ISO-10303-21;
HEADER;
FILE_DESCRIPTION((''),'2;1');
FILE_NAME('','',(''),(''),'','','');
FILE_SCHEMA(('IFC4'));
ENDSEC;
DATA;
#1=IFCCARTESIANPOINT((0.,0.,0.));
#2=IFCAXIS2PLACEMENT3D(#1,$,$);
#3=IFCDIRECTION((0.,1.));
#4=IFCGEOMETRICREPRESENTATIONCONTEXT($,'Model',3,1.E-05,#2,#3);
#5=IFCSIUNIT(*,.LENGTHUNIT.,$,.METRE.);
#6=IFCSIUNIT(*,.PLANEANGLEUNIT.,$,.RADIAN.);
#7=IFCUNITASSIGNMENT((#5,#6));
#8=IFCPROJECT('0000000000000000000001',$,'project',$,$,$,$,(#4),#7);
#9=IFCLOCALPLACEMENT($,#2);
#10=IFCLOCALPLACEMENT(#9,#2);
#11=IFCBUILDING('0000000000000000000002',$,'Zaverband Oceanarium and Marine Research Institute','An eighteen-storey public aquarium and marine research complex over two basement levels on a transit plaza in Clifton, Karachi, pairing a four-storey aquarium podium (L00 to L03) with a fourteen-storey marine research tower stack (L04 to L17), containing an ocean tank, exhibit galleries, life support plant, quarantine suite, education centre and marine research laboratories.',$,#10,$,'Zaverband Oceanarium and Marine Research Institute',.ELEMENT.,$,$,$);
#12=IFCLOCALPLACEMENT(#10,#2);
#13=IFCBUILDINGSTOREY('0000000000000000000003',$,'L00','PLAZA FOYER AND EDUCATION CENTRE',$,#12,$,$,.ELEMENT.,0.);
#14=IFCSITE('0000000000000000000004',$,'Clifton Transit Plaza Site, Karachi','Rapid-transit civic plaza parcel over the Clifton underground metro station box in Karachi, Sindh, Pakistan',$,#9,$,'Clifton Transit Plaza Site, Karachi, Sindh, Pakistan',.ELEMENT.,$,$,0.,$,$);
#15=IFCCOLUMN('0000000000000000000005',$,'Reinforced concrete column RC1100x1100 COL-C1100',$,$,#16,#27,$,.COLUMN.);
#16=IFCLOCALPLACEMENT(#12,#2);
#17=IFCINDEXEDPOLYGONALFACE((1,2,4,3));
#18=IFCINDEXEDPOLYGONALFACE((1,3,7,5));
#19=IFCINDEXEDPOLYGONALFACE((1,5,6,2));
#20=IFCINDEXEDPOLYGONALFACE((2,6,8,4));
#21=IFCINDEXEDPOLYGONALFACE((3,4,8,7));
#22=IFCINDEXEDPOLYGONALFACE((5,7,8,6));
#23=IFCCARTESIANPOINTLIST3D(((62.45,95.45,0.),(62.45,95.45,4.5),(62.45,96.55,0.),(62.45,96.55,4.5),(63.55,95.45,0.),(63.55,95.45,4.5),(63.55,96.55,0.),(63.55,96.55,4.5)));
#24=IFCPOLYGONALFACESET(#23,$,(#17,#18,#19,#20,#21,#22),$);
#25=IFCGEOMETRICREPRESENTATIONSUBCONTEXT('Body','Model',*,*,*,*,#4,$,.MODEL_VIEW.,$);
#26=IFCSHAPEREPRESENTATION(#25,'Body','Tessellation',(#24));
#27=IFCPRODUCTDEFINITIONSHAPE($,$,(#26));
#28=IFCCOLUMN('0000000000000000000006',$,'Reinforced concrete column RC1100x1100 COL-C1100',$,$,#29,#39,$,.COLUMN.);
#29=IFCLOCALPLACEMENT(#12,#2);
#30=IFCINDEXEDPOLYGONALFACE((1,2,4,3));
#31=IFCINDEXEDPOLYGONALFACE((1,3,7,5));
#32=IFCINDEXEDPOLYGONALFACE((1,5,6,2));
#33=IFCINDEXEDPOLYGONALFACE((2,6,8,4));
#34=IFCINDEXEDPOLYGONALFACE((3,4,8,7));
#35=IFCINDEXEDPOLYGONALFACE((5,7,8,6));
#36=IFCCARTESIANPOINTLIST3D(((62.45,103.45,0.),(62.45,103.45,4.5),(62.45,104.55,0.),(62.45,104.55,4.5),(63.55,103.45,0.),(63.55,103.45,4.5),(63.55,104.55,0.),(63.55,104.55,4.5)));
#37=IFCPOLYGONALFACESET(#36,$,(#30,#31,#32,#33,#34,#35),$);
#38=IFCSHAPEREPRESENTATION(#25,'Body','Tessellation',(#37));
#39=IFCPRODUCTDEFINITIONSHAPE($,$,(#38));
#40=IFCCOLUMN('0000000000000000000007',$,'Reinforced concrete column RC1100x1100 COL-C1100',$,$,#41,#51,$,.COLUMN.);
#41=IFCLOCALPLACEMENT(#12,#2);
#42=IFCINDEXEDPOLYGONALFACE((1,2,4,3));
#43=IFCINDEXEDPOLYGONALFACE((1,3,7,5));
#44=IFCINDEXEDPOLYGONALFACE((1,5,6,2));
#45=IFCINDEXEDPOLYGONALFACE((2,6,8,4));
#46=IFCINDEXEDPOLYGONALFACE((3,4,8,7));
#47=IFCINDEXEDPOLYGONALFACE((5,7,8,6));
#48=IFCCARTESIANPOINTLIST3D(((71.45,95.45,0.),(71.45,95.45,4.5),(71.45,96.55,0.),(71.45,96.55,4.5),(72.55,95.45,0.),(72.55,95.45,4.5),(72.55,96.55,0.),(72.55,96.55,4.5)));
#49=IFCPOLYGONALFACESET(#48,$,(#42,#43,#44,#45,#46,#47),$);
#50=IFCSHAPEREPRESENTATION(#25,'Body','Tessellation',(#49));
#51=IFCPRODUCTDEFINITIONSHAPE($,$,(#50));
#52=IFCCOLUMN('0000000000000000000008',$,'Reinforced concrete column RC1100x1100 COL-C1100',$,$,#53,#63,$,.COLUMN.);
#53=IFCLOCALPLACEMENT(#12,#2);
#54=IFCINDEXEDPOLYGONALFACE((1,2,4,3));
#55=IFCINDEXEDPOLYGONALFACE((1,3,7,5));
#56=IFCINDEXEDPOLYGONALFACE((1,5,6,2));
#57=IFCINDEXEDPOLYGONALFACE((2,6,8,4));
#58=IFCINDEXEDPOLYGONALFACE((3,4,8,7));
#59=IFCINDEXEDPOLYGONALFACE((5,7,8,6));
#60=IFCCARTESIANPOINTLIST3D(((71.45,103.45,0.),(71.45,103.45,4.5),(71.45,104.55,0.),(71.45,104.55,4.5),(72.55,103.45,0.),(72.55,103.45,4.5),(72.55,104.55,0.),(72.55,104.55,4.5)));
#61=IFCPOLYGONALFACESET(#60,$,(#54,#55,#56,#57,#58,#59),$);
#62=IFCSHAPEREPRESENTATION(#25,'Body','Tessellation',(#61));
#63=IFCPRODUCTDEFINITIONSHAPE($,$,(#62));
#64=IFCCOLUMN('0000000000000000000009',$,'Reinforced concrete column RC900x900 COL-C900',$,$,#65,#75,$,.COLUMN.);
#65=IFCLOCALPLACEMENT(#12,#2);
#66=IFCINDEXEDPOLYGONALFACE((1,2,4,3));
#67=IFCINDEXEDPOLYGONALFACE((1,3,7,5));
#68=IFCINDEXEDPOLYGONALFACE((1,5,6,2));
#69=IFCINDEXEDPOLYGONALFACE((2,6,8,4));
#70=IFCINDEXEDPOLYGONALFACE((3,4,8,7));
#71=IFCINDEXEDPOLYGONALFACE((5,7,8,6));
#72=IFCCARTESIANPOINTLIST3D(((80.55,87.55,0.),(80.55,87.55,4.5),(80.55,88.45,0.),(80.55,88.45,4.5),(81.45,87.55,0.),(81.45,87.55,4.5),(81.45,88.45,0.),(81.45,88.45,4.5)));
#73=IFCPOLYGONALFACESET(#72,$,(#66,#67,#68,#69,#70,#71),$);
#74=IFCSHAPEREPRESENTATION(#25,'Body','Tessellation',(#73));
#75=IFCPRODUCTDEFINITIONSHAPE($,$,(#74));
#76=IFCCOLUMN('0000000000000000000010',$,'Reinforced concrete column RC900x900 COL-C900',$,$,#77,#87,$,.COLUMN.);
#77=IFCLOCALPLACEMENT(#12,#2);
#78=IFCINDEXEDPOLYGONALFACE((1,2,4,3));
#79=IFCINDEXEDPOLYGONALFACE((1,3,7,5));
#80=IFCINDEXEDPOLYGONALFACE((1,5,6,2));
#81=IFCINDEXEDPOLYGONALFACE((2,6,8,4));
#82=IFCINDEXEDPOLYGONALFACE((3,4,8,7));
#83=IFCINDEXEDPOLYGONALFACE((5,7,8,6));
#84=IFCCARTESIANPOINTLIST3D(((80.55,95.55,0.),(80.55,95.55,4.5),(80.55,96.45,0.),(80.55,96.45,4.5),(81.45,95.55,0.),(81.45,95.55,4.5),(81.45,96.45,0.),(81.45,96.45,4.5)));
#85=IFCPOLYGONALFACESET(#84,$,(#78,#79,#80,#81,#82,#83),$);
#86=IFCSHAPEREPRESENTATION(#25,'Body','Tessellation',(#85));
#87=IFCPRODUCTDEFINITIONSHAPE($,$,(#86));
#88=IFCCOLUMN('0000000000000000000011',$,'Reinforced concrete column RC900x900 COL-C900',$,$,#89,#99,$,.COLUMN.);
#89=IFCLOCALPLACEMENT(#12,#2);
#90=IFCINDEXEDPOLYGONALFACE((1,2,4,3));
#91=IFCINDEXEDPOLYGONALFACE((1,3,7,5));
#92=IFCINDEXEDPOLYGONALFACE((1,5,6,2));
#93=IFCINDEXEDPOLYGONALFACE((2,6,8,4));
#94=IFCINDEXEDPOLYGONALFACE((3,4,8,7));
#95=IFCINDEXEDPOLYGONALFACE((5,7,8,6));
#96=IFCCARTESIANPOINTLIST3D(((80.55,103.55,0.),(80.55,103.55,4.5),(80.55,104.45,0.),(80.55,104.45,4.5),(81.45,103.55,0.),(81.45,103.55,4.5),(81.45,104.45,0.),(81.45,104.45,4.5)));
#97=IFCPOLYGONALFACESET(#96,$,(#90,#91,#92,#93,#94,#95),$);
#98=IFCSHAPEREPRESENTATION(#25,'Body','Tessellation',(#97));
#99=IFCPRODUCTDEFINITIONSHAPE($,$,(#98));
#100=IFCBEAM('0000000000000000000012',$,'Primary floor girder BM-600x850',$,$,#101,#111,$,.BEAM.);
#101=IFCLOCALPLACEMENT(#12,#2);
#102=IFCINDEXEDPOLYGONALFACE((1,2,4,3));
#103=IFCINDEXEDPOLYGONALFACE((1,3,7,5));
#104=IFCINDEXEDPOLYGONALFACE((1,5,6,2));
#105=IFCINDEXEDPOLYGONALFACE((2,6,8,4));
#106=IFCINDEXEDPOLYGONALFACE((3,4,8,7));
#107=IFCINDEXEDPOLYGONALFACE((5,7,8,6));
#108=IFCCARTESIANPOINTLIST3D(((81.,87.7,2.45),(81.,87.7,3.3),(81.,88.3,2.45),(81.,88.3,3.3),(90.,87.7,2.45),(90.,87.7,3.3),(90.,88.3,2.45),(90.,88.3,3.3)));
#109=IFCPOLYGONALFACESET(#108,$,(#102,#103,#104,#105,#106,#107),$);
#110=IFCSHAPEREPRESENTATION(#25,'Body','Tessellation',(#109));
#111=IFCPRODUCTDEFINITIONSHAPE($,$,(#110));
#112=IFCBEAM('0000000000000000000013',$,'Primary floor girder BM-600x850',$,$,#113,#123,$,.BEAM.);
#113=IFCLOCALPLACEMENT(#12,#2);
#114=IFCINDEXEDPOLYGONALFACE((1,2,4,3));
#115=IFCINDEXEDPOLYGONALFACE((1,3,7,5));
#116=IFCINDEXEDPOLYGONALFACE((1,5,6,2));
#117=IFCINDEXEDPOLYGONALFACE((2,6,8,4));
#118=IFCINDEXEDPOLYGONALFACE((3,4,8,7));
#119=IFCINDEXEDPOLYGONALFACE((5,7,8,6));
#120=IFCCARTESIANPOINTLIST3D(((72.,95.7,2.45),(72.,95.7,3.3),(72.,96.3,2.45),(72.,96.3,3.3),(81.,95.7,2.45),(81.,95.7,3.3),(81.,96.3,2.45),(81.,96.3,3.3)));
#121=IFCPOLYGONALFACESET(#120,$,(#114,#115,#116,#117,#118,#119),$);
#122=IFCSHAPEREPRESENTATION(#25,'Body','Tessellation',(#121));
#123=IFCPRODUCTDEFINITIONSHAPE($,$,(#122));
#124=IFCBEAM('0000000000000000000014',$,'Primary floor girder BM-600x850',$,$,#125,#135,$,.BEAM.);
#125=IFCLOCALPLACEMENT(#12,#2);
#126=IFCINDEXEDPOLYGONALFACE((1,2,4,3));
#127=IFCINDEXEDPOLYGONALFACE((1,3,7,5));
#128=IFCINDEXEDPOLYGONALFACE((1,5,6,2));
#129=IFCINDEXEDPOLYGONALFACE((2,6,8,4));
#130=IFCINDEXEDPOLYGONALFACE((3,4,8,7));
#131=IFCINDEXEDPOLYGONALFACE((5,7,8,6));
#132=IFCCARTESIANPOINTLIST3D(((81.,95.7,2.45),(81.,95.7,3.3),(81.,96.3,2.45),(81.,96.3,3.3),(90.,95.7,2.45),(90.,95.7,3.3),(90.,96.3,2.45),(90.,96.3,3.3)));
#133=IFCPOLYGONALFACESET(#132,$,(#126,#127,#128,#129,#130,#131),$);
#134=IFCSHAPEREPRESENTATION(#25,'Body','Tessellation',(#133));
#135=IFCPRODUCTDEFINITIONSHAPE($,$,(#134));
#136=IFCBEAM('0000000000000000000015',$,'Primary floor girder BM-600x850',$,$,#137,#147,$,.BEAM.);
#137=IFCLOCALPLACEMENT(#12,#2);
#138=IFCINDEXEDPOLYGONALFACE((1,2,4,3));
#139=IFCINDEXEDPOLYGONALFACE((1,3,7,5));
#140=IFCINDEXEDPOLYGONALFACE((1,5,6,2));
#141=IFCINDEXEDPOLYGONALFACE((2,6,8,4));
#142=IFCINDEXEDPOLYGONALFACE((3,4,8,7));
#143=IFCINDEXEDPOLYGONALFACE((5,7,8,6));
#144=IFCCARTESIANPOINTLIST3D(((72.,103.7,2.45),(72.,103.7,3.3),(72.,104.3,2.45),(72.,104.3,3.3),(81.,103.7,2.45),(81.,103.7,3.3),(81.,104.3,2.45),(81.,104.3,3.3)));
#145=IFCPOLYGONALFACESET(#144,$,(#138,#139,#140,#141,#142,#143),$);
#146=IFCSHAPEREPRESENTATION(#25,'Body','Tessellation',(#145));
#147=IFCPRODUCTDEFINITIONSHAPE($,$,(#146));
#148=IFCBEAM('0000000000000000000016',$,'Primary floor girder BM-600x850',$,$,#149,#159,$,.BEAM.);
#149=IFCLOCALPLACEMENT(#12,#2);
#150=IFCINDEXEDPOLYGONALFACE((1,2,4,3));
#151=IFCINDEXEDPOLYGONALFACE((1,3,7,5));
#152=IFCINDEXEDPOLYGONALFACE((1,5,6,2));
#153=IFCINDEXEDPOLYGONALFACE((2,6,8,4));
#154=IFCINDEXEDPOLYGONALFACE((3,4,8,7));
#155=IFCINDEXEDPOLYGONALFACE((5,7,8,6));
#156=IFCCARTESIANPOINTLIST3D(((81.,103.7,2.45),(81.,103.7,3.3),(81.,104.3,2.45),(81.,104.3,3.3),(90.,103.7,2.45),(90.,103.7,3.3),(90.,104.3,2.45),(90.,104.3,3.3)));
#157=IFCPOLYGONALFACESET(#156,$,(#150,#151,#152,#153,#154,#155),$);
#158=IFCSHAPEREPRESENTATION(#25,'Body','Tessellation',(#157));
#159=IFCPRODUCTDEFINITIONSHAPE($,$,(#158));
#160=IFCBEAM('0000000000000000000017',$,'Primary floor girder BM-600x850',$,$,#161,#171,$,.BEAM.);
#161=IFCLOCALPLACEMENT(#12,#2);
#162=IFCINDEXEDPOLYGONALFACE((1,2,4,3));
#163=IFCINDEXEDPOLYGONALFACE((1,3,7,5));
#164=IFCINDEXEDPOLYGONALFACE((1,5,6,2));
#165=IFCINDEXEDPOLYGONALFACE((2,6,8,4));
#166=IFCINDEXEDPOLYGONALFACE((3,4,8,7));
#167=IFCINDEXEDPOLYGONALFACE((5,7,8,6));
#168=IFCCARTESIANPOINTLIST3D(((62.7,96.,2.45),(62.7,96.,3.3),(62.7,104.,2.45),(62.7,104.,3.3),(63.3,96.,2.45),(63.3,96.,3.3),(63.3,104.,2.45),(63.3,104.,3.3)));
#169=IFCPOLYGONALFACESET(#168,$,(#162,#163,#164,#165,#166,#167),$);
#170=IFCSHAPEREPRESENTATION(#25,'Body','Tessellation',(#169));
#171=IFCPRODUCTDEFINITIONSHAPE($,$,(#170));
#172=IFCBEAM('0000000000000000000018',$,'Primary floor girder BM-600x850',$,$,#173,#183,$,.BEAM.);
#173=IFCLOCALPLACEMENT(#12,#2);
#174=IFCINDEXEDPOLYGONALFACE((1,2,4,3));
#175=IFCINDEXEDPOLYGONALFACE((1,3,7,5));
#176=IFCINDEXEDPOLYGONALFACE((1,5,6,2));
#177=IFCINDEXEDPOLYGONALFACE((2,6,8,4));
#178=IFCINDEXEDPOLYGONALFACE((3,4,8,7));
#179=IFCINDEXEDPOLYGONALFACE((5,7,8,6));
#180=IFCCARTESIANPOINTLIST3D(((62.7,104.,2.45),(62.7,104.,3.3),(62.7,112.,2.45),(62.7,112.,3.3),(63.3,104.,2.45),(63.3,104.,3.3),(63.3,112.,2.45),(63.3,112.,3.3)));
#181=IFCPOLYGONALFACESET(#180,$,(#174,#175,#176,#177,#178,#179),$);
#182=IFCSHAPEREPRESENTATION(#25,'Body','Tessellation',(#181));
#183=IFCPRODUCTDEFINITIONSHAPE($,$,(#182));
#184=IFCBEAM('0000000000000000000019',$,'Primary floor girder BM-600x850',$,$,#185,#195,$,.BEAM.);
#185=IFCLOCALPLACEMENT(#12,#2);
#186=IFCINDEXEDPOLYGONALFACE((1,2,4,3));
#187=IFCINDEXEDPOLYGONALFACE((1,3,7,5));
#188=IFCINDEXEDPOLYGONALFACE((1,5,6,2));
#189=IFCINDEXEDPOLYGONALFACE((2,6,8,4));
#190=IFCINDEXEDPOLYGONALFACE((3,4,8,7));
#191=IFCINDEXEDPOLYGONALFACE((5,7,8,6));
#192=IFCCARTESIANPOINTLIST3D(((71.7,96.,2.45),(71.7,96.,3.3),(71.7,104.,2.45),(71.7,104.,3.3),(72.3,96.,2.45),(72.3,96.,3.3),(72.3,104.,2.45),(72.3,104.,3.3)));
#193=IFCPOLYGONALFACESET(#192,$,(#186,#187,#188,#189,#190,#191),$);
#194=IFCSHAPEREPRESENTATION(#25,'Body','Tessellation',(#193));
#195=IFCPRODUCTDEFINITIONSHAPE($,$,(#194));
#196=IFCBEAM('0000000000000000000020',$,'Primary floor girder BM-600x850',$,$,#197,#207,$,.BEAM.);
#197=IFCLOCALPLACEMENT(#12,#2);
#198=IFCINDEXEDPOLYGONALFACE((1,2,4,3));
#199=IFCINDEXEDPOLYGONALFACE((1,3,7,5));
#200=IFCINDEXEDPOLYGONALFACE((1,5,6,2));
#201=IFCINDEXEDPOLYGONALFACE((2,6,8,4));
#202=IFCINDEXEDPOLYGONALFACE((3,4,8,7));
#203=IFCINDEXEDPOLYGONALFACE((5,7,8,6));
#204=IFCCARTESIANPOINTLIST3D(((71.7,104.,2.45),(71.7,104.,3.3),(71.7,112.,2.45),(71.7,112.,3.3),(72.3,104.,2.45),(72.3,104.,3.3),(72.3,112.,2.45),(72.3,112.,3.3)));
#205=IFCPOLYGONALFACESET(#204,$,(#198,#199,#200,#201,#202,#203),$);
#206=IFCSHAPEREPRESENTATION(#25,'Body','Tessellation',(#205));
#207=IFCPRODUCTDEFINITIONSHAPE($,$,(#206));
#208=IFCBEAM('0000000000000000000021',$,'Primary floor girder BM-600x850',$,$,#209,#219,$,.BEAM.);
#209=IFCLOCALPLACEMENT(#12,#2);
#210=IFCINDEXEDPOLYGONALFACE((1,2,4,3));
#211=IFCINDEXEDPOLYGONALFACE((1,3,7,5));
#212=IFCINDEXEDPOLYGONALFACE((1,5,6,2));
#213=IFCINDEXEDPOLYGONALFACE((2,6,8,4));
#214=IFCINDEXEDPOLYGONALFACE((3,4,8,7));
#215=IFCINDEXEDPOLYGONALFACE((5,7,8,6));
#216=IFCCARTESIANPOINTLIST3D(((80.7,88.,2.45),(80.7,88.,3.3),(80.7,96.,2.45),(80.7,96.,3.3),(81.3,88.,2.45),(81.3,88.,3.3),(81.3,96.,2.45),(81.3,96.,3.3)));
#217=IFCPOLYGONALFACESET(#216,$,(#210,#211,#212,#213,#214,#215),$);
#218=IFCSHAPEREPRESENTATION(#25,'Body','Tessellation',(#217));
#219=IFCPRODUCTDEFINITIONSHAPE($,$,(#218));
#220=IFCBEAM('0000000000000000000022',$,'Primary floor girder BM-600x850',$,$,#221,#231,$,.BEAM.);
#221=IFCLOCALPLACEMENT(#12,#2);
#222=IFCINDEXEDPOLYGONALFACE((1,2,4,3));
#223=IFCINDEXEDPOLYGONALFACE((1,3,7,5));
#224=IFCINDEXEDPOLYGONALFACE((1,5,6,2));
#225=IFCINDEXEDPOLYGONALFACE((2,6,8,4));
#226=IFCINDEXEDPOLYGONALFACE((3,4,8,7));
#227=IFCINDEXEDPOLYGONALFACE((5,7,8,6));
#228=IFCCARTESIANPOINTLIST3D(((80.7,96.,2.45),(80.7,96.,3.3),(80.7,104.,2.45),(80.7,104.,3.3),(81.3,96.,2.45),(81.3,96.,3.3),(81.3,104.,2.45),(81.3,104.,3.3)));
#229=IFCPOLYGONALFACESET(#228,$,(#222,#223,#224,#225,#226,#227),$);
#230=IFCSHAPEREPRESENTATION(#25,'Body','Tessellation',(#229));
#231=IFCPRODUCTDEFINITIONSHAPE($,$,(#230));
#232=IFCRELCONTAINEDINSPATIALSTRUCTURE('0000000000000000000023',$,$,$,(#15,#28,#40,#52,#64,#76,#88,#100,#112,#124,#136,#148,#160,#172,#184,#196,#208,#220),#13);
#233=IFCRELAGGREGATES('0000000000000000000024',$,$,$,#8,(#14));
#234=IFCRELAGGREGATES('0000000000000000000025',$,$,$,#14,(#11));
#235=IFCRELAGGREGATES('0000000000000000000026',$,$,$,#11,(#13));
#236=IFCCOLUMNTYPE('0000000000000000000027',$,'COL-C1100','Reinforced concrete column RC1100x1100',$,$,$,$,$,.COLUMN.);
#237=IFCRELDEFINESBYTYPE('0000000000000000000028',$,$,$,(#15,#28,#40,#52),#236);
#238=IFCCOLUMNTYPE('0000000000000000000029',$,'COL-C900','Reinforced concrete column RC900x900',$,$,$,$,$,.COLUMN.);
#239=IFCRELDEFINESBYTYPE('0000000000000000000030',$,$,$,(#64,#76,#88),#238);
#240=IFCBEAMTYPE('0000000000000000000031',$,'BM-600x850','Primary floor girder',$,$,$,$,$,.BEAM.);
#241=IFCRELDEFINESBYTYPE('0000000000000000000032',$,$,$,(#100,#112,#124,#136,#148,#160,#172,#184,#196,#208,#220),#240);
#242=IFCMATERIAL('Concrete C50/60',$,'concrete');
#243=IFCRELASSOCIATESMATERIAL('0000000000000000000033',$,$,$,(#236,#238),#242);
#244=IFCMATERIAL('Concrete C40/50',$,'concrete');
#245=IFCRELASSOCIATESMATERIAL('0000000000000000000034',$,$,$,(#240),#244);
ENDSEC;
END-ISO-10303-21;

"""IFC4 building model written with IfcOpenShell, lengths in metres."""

from ifc_helpers import new_model, si_unit, direction, frame, origin, origin_2d, place, context, subcontext, project, spatial, rectangle, extrude, material, material_profile, profile_set, type_object, element, save


model = new_model("IFC4")

# Units and contexts
model_context = context("Model", 3, precision=1e-05, world=origin(), true_north=direction((0.0, 1.0)))
body_context = subcontext(model_context, "Body", "Model", "MODEL_VIEW")
ifc_project = project(units=[si_unit("LENGTHUNIT", "METRE"), si_unit("PLANEANGLEUNIT", "RADIAN")], contexts=[model_context])

# Site, building, storey
site_placement = place(None, origin())
site = spatial("IfcSite", under=ifc_project, at=site_placement, Name="Clifton Transit Plaza Site, Karachi", Description="Rapid-transit civic plaza parcel over the Clifton underground metro station box in Karachi, Sindh, Pakistan", LongName="Clifton Transit Plaza Site, Karachi, Sindh, Pakistan", CompositionType="ELEMENT", RefElevation=0.0)
building_placement = place(site_placement, origin())
building = spatial("IfcBuilding", under=site, at=building_placement, Name="Zaverband Oceanarium and Marine Research Institute", Description="An eighteen-storey public aquarium and marine research complex over two basement levels on a transit plaza in Clifton, Karachi, pairing a four-storey aquarium podium (L00 to L03) with a fourteen-storey marine research tower stack (L04 to L17), containing an ocean tank, exhibit galleries, life support plant, quarantine suite, education centre and marine research laboratories.", LongName="Zaverband Oceanarium and Marine Research Institute", CompositionType="ELEMENT")
storey_placement = place(building_placement, origin())
storey = spatial("IfcBuildingStorey", under=building, at=storey_placement, Name="L00", Description="PLAZA FOYER AND EDUCATION CENTRE", CompositionType="ELEMENT", Elevation=0.0)

# Columns
ifc_material_1 = material(Name="Concrete C50/60", Category="concrete")
ifc_material_profile_1 = material_profile(ifc_material_1, rectangle(XDim=1.1001, YDim=1.1001, at=origin_2d()), Name="RC1100x1100")
ifc_profile_set_1 = profile_set([ifc_material_profile_1], Name="Concrete C50/60")
column_type_1 = type_object("IfcColumnType", Name="COL-C1100", Description="Reinforced concrete column RC1100x1100", PredefinedType="COLUMN", material=ifc_profile_set_1)
for number, where, z_axis, x_axis, name in (
    (1, (63.0, 96.0, 0.0), (0.0, 0.0, 1.0), (1.0, 0.0, 0.0), "Reinforced concrete column RC1100x1100 COL-C1100"),
    (2, (63.0, 104.0, 0.0), (0.0, 0.0, 1.0), (1.0, 0.0, 0.0), "Reinforced concrete column RC1100x1100 COL-C1100"),
    (3, (72.0, 96.0, 0.0), (0.0, 0.0, 1.0), (1.0, 0.0, 0.0), "Reinforced concrete column RC1100x1100 COL-C1100"),
    (4, (72.0, 104.0, 0.0), (0.0, 0.0, 1.0), (1.0, 0.0, 0.0), "Reinforced concrete column RC1100x1100 COL-C1100"),
):
    element("IfcColumn", number, at=place(storey_placement, frame(where, z_axis=z_axis, x_axis=x_axis)), inside=storey, type_object=column_type_1, Name=name, PredefinedType="COLUMN", context=body_context, shape_type="SweptSolid", body=[
        extrude(rectangle(XDim=1.1001, YDim=1.1001, at=origin_2d()), origin(), (0.0, 0.0, 1.0), 4.5),
    ])
ifc_material_profile_2 = material_profile(ifc_material_1, rectangle(XDim=0.8999, YDim=0.8999, at=origin_2d()), Name="RC900x900")
ifc_profile_set_2 = profile_set([ifc_material_profile_2], Name="Concrete C50/60")
column_type_2 = type_object("IfcColumnType", Name="COL-C900", Description="Reinforced concrete column RC900x900", PredefinedType="COLUMN", material=ifc_profile_set_2)
for number, where, z_axis, x_axis, name in (
    (5, (81.0, 88.0, 0.0), (0.0, 0.0, 1.0), (1.0, 0.0, 0.0), "Reinforced concrete column RC900x900 COL-C900"),
    (6, (81.0, 96.0, 0.0), (0.0, 0.0, 1.0), (1.0, 0.0, 0.0), "Reinforced concrete column RC900x900 COL-C900"),
    (7, (81.0, 104.0, 0.0), (0.0, 0.0, 1.0), (1.0, 0.0, 0.0), "Reinforced concrete column RC900x900 COL-C900"),
):
    element("IfcColumn", number, at=place(storey_placement, frame(where, z_axis=z_axis, x_axis=x_axis)), inside=storey, type_object=column_type_2, Name=name, PredefinedType="COLUMN", context=body_context, shape_type="SweptSolid", body=[
        extrude(rectangle(XDim=0.8999, YDim=0.8999, at=origin_2d()), origin(), (0.0, 0.0, 1.0), 4.5),
    ])

# Beams
ifc_material_2 = material(Name="Concrete C40/50", Category="concrete")
ifc_material_profile_3 = material_profile(ifc_material_2, rectangle(XDim=0.6001, YDim=0.8501, at=origin_2d()), Name="RC600x850")
ifc_profile_set_3 = profile_set([ifc_material_profile_3], Name="Concrete C40/50")
beam_type_1 = type_object("IfcBeamType", Name="BM-600x850", Description="Primary floor girder", PredefinedType="BEAM", material=ifc_profile_set_3)
for number, where, z_axis, x_axis, name in (
    (8, (81.0, 88.0, 2.875), (1.0, 0.0, 0.0), (0.0, 1.0, 0.0), "Primary floor girder BM-600x850"),
    (9, (72.0, 96.0, 2.875), (1.0, 0.0, 0.0), (0.0, 1.0, 0.0), "Primary floor girder BM-600x850"),
    (10, (81.0, 96.0, 2.875), (1.0, 0.0, 0.0), (0.0, 1.0, 0.0), "Primary floor girder BM-600x850"),
    (11, (72.0, 104.0, 2.875), (1.0, 0.0, 0.0), (0.0, 1.0, 0.0), "Primary floor girder BM-600x850"),
    (12, (81.0, 104.0, 2.875), (1.0, 0.0, 0.0), (0.0, 1.0, 0.0), "Primary floor girder BM-600x850"),
):
    element("IfcBeam", number, at=place(storey_placement, frame(where, z_axis=z_axis, x_axis=x_axis)), inside=storey, type_object=beam_type_1, Name=name, PredefinedType="BEAM", context=body_context, shape_type="SweptSolid", body=[
        extrude(rectangle(XDim=0.6001, YDim=0.8501, at=origin_2d()), origin(), (0.0, 0.0, 1.0), 9.0),
    ])
for number, where, z_axis, x_axis, name in (
    (13, (63.0, 96.0, 2.875), (0.0, 1.0, 0.0), (-1.0, 0.0, 0.0), "Primary floor girder BM-600x850"),
    (14, (63.0, 104.0, 2.875), (0.0, 1.0, 0.0), (-1.0, 0.0, 0.0), "Primary floor girder BM-600x850"),
    (15, (72.0, 96.0, 2.875), (0.0, 1.0, 0.0), (-1.0, 0.0, 0.0), "Primary floor girder BM-600x850"),
    (16, (72.0, 104.0, 2.875), (0.0, 1.0, 0.0), (-1.0, 0.0, 0.0), "Primary floor girder BM-600x850"),
    (17, (81.0, 88.0, 2.875), (0.0, 1.0, 0.0), (-1.0, 0.0, 0.0), "Primary floor girder BM-600x850"),
    (18, (81.0, 96.0, 2.875), (0.0, 1.0, 0.0), (-1.0, 0.0, 0.0), "Primary floor girder BM-600x850"),
):
    element("IfcBeam", number, at=place(storey_placement, frame(where, z_axis=z_axis, x_axis=x_axis)), inside=storey, type_object=beam_type_1, Name=name, PredefinedType="BEAM", context=body_context, shape_type="SweptSolid", body=[
        extrude(rectangle(XDim=0.6001, YDim=0.8501, at=origin_2d()), origin(), (0.0, 0.0, 1.0), 8.0),
    ])

save(model, "model.ifc")
